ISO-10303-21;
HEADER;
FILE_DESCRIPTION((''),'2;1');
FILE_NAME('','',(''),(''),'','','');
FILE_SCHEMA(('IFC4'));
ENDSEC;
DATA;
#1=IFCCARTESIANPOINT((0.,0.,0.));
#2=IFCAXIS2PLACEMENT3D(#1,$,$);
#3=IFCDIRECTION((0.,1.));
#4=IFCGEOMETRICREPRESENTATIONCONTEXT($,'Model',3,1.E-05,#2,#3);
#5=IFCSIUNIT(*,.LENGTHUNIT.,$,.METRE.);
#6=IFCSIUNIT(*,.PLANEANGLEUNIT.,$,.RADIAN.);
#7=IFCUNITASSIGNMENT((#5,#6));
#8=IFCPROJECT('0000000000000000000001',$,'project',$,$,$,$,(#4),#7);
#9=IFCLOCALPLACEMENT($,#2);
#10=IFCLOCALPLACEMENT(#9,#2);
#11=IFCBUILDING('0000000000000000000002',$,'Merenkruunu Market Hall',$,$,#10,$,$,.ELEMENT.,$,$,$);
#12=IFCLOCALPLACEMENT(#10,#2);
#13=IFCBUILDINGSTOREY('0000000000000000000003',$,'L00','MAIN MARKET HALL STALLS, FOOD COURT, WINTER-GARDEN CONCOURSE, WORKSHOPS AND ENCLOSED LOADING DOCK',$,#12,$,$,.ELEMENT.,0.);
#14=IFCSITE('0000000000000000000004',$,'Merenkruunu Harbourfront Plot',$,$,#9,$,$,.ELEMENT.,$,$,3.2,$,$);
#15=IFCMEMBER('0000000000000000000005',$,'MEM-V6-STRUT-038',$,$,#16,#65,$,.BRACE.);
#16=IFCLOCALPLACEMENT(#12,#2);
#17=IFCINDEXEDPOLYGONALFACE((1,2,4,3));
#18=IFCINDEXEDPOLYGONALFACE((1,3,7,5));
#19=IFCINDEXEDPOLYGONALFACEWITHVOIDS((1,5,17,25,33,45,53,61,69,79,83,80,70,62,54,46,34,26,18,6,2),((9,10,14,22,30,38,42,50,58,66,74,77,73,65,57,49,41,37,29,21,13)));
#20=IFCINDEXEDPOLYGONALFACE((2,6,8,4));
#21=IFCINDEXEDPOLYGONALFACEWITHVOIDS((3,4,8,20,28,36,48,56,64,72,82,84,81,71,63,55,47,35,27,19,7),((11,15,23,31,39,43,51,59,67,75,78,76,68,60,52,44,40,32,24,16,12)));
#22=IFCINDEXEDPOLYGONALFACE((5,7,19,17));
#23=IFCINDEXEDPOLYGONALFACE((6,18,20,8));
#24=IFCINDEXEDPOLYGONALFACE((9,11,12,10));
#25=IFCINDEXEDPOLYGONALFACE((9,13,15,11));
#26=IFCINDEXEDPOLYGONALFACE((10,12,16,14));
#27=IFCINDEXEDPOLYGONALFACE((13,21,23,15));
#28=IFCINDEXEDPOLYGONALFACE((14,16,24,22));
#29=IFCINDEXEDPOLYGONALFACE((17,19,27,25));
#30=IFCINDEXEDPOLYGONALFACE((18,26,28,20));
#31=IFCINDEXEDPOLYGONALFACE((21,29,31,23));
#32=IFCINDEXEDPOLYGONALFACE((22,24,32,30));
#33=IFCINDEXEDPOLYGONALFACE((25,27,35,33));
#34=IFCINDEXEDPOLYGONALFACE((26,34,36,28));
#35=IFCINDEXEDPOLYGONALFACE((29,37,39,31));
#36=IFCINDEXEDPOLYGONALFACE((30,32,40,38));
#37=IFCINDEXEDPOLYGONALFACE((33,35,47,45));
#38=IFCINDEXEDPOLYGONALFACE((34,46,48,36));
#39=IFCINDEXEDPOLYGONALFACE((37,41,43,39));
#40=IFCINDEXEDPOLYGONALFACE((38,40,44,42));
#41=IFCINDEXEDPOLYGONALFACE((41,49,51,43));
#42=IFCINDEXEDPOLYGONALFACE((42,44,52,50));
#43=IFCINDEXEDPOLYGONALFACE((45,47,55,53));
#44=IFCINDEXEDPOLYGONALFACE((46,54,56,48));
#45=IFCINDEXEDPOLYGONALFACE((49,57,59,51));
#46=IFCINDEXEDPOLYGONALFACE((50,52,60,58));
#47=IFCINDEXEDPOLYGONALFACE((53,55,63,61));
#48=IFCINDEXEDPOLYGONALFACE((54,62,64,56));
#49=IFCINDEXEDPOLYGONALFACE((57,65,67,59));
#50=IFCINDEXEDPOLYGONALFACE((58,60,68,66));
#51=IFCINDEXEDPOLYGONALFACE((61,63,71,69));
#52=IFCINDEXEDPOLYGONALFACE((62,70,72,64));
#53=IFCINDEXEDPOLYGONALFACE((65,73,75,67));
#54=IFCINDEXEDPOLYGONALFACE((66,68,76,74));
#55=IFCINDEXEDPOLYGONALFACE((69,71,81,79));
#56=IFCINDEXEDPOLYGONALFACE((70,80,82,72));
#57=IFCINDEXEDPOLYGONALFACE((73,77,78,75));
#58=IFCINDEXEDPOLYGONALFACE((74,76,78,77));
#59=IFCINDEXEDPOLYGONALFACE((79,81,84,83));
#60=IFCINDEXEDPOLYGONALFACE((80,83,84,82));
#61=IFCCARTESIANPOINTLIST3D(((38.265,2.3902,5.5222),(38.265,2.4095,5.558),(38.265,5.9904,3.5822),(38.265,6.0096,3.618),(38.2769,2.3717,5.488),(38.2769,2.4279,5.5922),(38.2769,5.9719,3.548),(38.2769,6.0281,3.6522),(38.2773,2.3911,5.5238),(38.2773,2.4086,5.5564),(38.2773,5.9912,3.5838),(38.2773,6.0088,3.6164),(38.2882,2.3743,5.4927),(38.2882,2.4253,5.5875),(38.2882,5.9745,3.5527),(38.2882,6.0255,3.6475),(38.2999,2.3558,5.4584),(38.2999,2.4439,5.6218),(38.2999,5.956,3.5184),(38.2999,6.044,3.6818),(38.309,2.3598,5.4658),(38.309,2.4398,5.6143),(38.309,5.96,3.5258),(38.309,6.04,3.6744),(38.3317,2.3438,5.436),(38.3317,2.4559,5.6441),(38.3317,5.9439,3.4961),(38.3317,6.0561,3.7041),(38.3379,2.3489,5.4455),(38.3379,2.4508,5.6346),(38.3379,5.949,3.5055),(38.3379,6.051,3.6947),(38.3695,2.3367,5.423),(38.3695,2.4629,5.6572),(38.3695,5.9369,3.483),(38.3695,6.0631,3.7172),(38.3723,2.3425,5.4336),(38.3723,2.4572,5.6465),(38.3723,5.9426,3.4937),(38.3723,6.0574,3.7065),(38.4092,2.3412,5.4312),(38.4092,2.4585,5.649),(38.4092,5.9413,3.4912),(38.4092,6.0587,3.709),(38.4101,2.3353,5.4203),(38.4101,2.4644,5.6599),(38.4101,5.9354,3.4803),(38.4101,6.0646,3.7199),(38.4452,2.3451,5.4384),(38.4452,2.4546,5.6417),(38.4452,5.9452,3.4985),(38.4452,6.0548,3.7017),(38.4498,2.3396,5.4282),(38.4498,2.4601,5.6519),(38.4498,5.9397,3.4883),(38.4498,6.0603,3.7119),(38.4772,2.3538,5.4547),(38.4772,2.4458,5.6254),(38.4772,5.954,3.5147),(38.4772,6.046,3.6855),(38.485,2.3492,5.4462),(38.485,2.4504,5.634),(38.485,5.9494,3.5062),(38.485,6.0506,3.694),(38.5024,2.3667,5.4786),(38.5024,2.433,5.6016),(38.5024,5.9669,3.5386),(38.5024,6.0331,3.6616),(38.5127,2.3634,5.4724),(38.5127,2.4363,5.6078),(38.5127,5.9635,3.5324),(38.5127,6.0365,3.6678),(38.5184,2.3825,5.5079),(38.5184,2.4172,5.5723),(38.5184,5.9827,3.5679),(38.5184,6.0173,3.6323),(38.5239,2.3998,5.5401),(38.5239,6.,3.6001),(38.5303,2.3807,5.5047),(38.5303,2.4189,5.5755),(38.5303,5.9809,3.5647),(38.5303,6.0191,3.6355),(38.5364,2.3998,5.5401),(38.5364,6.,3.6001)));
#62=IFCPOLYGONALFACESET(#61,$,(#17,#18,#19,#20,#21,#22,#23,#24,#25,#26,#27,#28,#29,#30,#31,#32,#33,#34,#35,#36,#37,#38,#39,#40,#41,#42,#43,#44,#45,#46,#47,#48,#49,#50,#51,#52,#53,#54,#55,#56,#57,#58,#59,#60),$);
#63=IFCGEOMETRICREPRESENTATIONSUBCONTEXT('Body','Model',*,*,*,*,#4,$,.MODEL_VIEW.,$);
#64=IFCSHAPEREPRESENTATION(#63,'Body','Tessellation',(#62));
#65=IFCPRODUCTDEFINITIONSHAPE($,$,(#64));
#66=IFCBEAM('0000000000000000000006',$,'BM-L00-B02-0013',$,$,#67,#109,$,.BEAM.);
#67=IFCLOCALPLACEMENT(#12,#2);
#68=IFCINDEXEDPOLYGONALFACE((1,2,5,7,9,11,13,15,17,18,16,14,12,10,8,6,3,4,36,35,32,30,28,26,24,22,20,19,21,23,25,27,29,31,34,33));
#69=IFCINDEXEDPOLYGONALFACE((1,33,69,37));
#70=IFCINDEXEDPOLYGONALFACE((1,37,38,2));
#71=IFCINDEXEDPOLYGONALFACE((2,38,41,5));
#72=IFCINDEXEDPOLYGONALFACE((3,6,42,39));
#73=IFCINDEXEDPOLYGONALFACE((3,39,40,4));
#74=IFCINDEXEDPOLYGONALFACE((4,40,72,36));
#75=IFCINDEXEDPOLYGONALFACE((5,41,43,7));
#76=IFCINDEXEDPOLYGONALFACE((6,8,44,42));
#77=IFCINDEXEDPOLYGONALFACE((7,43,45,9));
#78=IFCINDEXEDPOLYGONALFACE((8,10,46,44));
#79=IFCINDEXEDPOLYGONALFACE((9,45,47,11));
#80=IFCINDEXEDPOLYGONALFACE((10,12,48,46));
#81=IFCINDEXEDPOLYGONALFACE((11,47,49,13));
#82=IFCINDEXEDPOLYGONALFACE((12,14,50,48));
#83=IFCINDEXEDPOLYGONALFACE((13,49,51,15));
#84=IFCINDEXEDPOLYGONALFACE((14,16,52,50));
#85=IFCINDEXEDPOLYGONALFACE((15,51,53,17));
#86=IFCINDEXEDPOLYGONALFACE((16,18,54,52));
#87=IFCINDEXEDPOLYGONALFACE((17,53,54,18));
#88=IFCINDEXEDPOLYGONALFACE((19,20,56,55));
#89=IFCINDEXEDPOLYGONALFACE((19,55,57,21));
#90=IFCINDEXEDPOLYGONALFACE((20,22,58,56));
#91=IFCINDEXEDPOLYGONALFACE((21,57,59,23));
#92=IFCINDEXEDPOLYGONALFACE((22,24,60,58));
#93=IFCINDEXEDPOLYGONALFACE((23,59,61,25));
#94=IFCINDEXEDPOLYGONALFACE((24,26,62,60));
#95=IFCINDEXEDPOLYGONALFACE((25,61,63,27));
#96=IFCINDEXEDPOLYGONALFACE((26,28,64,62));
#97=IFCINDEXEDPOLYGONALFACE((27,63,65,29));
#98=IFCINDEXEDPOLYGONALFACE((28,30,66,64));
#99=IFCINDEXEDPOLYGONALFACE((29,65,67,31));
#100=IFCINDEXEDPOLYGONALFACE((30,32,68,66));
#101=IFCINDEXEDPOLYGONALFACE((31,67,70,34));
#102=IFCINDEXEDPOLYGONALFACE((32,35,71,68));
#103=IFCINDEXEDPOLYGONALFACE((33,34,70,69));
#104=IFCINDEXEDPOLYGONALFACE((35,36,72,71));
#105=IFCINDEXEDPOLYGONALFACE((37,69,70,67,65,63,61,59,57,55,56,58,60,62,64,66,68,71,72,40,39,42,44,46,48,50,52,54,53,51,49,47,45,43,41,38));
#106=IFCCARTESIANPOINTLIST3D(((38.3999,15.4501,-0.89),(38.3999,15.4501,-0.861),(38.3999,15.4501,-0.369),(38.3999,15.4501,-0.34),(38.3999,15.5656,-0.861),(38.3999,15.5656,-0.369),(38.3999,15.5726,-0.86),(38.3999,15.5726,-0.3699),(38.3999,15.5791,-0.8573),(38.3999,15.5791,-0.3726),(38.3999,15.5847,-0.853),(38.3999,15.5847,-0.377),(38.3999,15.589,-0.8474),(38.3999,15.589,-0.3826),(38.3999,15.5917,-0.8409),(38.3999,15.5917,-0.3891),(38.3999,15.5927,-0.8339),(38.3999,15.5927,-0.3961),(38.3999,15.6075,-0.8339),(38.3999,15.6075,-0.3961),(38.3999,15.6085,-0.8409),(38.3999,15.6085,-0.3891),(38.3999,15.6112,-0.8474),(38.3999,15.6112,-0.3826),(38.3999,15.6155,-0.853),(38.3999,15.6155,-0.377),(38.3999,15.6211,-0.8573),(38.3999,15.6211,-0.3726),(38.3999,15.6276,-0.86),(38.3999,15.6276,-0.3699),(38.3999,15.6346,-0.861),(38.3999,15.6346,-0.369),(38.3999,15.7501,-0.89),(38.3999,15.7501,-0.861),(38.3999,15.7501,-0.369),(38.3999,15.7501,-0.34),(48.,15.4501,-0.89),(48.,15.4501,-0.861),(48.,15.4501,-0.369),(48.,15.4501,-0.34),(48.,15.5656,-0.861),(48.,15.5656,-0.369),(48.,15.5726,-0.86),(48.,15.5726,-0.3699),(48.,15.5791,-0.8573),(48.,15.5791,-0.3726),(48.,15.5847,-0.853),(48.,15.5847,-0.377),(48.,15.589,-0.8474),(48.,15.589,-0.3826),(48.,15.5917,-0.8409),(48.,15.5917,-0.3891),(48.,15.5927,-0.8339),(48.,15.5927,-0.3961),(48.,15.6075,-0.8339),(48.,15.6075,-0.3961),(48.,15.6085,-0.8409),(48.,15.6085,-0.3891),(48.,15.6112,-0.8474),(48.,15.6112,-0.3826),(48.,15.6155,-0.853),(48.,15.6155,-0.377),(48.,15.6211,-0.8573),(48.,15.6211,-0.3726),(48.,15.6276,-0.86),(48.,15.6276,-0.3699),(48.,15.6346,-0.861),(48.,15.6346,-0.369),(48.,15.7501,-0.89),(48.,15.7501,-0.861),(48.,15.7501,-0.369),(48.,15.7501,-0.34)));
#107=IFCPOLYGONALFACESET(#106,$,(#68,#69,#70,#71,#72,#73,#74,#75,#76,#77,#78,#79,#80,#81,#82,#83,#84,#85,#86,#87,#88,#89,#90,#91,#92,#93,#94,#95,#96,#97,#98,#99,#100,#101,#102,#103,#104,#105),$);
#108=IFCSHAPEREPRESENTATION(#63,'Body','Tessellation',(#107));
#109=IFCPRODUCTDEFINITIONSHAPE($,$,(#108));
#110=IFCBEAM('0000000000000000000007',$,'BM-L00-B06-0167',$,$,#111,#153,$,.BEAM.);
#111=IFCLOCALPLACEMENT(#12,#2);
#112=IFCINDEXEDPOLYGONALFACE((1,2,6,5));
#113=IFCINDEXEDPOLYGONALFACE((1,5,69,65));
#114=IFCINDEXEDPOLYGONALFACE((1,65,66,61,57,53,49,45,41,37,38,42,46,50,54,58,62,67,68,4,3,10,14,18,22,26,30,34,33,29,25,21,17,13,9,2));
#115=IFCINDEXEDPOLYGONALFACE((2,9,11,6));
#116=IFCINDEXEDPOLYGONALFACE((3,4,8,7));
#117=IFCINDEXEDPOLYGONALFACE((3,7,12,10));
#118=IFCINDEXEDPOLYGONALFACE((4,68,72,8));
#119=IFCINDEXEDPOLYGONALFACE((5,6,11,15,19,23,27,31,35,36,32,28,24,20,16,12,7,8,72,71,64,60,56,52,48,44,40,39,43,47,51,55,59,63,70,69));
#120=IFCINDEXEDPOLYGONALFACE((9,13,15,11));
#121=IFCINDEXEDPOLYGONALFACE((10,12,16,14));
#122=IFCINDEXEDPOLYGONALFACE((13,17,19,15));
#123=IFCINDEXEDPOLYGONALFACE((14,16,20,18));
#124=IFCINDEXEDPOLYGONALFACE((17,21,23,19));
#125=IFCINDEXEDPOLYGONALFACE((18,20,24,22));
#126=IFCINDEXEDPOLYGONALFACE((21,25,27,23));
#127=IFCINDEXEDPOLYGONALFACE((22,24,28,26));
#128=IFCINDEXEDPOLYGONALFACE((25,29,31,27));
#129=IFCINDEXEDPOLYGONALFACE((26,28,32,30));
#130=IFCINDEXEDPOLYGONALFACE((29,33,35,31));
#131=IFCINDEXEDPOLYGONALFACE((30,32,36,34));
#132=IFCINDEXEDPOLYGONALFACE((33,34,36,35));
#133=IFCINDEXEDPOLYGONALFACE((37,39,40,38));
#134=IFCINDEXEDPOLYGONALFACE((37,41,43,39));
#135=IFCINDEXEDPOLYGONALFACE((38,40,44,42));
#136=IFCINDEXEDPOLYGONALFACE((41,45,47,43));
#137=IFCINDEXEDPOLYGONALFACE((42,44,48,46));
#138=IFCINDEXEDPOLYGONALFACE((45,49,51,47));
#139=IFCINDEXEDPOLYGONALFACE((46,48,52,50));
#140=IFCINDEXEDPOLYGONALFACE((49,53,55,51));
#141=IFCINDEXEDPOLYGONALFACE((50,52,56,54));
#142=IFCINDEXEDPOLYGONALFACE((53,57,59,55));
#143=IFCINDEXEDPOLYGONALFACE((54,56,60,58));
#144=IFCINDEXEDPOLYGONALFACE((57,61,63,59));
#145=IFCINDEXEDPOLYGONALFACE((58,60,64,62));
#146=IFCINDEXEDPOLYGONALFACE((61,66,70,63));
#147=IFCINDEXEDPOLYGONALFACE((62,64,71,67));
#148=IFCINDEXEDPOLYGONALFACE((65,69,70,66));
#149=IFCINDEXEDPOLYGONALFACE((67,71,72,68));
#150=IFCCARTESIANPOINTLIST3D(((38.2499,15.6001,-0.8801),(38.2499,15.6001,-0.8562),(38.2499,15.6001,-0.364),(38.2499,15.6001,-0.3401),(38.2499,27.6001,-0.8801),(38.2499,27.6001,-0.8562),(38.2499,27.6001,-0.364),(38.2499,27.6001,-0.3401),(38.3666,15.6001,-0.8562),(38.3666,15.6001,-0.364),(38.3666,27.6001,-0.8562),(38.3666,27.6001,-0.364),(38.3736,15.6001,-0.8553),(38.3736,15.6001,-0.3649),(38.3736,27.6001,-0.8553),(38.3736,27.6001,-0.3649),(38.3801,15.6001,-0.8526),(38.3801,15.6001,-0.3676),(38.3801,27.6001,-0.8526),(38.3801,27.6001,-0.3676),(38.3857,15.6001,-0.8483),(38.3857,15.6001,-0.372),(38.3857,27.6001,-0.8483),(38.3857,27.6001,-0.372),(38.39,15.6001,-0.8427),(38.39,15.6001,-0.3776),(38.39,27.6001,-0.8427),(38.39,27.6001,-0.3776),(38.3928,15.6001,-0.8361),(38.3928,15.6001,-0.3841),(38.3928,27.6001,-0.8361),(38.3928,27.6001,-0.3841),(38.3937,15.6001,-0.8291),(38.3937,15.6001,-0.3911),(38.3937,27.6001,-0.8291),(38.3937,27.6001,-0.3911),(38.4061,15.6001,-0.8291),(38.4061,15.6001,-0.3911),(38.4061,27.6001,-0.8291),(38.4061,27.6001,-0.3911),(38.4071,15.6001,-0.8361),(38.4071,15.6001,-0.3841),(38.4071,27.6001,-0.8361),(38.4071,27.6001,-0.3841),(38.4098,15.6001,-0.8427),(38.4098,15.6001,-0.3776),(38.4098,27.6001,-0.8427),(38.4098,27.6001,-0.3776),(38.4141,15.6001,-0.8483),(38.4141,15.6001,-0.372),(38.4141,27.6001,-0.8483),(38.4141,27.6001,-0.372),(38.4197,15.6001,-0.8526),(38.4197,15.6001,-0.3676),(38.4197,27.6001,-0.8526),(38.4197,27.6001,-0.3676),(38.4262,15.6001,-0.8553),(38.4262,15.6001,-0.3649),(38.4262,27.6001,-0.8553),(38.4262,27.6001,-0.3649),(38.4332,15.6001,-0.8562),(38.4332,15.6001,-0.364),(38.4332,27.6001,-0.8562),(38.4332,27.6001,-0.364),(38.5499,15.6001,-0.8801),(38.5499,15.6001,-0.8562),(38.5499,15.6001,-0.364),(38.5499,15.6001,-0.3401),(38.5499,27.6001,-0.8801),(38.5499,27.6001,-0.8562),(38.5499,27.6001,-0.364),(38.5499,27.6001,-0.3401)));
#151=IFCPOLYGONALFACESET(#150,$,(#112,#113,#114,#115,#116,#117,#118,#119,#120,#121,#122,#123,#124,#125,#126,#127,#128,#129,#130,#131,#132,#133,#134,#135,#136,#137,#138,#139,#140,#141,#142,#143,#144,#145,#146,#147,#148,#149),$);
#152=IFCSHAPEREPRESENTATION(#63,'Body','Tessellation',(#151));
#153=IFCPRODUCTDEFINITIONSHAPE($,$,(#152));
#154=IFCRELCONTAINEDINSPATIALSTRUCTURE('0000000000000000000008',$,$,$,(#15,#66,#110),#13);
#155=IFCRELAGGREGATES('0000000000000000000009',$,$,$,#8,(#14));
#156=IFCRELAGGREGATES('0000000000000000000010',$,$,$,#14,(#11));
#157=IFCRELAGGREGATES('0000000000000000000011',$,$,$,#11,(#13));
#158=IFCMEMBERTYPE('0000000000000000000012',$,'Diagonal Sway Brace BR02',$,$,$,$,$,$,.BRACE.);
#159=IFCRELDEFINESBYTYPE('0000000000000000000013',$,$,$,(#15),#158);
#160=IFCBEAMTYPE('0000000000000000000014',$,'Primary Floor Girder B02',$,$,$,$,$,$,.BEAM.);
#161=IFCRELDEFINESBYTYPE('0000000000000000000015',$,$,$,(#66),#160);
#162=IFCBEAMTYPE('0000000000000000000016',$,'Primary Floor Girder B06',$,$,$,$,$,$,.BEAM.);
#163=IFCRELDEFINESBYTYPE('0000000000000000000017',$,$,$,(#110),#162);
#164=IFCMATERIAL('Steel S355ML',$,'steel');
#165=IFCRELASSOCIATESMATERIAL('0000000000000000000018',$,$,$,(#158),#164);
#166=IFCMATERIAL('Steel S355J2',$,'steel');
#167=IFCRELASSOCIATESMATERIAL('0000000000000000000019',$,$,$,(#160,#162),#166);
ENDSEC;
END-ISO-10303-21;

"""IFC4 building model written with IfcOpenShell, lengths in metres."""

from ifc_helpers import new_model, si_unit, direction, frame, origin, origin_2d, place, context, subcontext, project, spatial, hollow_circle, i_section, extrude, material, material_profile, profile_set, type_object, element, save


model = new_model("IFC4")

# Units and contexts
model_context = context("Model", 3, precision=1e-05, world=origin(), true_north=direction((0.0, 1.0)))
body_context = subcontext(model_context, "Body", "Model", "MODEL_VIEW")
ifc_project = project(units=[si_unit("LENGTHUNIT", "METRE"), si_unit("PLANEANGLEUNIT", "RADIAN")], contexts=[model_context])

# Site, building, storey
site_placement = place(None, origin())
site = spatial("IfcSite", under=ifc_project, at=site_placement, Name="Merenkruunu Harbourfront Plot", CompositionType="ELEMENT", RefElevation=3.2)
building_placement = place(site_placement, origin())
building = spatial("IfcBuilding", under=site, at=building_placement, Name="Merenkruunu Market Hall", CompositionType="ELEMENT")
storey_placement = place(building_placement, origin())
storey = spatial("IfcBuildingStorey", under=building, at=storey_placement, Name="L00", Description="MAIN MARKET HALL STALLS, FOOD COURT, WINTER-GARDEN CONCOURSE, WORKSHOPS AND ENCLOSED LOADING DOCK", CompositionType="ELEMENT", Elevation=0.0)

# Shared definitions
ifc_material_1 = material(Name="Steel S355J2", Category="steel")
ifc_material_2 = material(Name="Steel S355ML", Category="steel")

# Member
ifc_material_profile_1 = material_profile(ifc_material_2, hollow_circle(Radius=0.1365, WallThickness=0.0125, at=origin_2d()), Name="CHS 273x12.5")
ifc_profile_set_1 = profile_set([ifc_material_profile_1], Name="Steel S355ML")
member_type_1 = type_object("IfcMemberType", Name="Diagonal Sway Brace BR02", PredefinedType="BRACE", material=ifc_profile_set_1)
member_1_placement = place(storey_placement, frame((38.3999, 6.0, 3.6001), z_axis=(0.0, -0.880325, 0.47437), x_axis=(1.0, 0.0, 0.0)))
element("IfcMember", 1, at=member_1_placement, inside=storey, type_object=member_type_1, Name="MEM-V6-STRUT-038", PredefinedType="BRACE", context=body_context, shape_type="SweptSolid", body=[
    extrude(hollow_circle(Radius=0.1365, WallThickness=0.0125, at=origin_2d()), origin(), (0.0, 0.0, 1.0), 4.0896),
])

# Beams
ifc_material_profile_2 = material_profile(ifc_material_1, i_section(OverallWidth=0.3, OverallDepth=0.55, WebThickness=0.0149, FlangeThickness=0.0291, FilletRadius=0.0271, at=origin_2d()), Name="HEB 550")
ifc_profile_set_2 = profile_set([ifc_material_profile_2], Name="Steel S355J2")
beam_type_1 = type_object("IfcBeamType", Name="Primary Floor Girder B02", PredefinedType="BEAM", material=ifc_profile_set_2)
beam_1_placement = place(storey_placement, frame((38.3999, 15.6001, -0.615), z_axis=(1.0, 0.0, 0.0), x_axis=(0.0, 1.0, 0.0)))
element("IfcBeam", 2, at=beam_1_placement, inside=storey, type_object=beam_type_1, Name="BM-L00-B02-0013", PredefinedType="BEAM", context=body_context, shape_type="SweptSolid", body=[
    extrude(i_section(OverallWidth=0.3, OverallDepth=0.55, WebThickness=0.0149, FlangeThickness=0.0291, FilletRadius=0.0271, at=origin_2d()), origin(), (0.0, 0.0, 1.0), 9.6001),
])
ifc_material_profile_3 = material_profile(ifc_material_1, i_section(OverallWidth=0.3, OverallDepth=0.54, WebThickness=0.0125, FlangeThickness=0.0239, FilletRadius=0.0271, at=origin_2d()), Name="HEA 550")
ifc_profile_set_3 = profile_set([ifc_material_profile_3], Name="Steel S355J2")
beam_type_2 = type_object("IfcBeamType", Name="Primary Floor Girder B06", PredefinedType="BEAM", material=ifc_profile_set_3)
beam_2_placement = place(storey_placement, frame((38.3999, 15.6001, -0.6101), z_axis=(0.0, 1.0, 0.0), x_axis=(-1.0, 0.0, 0.0)))
element("IfcBeam", 3, at=beam_2_placement, inside=storey, type_object=beam_type_2, Name="BM-L00-B06-0167", PredefinedType="BEAM", context=body_context, shape_type="SweptSolid", body=[
    extrude(i_section(OverallWidth=0.3, OverallDepth=0.54, WebThickness=0.0125, FlangeThickness=0.0239, FilletRadius=0.0271, at=origin_2d()), origin(), (0.0, 0.0, 1.0), 12.0),
])

save(model, "model.ifc")
